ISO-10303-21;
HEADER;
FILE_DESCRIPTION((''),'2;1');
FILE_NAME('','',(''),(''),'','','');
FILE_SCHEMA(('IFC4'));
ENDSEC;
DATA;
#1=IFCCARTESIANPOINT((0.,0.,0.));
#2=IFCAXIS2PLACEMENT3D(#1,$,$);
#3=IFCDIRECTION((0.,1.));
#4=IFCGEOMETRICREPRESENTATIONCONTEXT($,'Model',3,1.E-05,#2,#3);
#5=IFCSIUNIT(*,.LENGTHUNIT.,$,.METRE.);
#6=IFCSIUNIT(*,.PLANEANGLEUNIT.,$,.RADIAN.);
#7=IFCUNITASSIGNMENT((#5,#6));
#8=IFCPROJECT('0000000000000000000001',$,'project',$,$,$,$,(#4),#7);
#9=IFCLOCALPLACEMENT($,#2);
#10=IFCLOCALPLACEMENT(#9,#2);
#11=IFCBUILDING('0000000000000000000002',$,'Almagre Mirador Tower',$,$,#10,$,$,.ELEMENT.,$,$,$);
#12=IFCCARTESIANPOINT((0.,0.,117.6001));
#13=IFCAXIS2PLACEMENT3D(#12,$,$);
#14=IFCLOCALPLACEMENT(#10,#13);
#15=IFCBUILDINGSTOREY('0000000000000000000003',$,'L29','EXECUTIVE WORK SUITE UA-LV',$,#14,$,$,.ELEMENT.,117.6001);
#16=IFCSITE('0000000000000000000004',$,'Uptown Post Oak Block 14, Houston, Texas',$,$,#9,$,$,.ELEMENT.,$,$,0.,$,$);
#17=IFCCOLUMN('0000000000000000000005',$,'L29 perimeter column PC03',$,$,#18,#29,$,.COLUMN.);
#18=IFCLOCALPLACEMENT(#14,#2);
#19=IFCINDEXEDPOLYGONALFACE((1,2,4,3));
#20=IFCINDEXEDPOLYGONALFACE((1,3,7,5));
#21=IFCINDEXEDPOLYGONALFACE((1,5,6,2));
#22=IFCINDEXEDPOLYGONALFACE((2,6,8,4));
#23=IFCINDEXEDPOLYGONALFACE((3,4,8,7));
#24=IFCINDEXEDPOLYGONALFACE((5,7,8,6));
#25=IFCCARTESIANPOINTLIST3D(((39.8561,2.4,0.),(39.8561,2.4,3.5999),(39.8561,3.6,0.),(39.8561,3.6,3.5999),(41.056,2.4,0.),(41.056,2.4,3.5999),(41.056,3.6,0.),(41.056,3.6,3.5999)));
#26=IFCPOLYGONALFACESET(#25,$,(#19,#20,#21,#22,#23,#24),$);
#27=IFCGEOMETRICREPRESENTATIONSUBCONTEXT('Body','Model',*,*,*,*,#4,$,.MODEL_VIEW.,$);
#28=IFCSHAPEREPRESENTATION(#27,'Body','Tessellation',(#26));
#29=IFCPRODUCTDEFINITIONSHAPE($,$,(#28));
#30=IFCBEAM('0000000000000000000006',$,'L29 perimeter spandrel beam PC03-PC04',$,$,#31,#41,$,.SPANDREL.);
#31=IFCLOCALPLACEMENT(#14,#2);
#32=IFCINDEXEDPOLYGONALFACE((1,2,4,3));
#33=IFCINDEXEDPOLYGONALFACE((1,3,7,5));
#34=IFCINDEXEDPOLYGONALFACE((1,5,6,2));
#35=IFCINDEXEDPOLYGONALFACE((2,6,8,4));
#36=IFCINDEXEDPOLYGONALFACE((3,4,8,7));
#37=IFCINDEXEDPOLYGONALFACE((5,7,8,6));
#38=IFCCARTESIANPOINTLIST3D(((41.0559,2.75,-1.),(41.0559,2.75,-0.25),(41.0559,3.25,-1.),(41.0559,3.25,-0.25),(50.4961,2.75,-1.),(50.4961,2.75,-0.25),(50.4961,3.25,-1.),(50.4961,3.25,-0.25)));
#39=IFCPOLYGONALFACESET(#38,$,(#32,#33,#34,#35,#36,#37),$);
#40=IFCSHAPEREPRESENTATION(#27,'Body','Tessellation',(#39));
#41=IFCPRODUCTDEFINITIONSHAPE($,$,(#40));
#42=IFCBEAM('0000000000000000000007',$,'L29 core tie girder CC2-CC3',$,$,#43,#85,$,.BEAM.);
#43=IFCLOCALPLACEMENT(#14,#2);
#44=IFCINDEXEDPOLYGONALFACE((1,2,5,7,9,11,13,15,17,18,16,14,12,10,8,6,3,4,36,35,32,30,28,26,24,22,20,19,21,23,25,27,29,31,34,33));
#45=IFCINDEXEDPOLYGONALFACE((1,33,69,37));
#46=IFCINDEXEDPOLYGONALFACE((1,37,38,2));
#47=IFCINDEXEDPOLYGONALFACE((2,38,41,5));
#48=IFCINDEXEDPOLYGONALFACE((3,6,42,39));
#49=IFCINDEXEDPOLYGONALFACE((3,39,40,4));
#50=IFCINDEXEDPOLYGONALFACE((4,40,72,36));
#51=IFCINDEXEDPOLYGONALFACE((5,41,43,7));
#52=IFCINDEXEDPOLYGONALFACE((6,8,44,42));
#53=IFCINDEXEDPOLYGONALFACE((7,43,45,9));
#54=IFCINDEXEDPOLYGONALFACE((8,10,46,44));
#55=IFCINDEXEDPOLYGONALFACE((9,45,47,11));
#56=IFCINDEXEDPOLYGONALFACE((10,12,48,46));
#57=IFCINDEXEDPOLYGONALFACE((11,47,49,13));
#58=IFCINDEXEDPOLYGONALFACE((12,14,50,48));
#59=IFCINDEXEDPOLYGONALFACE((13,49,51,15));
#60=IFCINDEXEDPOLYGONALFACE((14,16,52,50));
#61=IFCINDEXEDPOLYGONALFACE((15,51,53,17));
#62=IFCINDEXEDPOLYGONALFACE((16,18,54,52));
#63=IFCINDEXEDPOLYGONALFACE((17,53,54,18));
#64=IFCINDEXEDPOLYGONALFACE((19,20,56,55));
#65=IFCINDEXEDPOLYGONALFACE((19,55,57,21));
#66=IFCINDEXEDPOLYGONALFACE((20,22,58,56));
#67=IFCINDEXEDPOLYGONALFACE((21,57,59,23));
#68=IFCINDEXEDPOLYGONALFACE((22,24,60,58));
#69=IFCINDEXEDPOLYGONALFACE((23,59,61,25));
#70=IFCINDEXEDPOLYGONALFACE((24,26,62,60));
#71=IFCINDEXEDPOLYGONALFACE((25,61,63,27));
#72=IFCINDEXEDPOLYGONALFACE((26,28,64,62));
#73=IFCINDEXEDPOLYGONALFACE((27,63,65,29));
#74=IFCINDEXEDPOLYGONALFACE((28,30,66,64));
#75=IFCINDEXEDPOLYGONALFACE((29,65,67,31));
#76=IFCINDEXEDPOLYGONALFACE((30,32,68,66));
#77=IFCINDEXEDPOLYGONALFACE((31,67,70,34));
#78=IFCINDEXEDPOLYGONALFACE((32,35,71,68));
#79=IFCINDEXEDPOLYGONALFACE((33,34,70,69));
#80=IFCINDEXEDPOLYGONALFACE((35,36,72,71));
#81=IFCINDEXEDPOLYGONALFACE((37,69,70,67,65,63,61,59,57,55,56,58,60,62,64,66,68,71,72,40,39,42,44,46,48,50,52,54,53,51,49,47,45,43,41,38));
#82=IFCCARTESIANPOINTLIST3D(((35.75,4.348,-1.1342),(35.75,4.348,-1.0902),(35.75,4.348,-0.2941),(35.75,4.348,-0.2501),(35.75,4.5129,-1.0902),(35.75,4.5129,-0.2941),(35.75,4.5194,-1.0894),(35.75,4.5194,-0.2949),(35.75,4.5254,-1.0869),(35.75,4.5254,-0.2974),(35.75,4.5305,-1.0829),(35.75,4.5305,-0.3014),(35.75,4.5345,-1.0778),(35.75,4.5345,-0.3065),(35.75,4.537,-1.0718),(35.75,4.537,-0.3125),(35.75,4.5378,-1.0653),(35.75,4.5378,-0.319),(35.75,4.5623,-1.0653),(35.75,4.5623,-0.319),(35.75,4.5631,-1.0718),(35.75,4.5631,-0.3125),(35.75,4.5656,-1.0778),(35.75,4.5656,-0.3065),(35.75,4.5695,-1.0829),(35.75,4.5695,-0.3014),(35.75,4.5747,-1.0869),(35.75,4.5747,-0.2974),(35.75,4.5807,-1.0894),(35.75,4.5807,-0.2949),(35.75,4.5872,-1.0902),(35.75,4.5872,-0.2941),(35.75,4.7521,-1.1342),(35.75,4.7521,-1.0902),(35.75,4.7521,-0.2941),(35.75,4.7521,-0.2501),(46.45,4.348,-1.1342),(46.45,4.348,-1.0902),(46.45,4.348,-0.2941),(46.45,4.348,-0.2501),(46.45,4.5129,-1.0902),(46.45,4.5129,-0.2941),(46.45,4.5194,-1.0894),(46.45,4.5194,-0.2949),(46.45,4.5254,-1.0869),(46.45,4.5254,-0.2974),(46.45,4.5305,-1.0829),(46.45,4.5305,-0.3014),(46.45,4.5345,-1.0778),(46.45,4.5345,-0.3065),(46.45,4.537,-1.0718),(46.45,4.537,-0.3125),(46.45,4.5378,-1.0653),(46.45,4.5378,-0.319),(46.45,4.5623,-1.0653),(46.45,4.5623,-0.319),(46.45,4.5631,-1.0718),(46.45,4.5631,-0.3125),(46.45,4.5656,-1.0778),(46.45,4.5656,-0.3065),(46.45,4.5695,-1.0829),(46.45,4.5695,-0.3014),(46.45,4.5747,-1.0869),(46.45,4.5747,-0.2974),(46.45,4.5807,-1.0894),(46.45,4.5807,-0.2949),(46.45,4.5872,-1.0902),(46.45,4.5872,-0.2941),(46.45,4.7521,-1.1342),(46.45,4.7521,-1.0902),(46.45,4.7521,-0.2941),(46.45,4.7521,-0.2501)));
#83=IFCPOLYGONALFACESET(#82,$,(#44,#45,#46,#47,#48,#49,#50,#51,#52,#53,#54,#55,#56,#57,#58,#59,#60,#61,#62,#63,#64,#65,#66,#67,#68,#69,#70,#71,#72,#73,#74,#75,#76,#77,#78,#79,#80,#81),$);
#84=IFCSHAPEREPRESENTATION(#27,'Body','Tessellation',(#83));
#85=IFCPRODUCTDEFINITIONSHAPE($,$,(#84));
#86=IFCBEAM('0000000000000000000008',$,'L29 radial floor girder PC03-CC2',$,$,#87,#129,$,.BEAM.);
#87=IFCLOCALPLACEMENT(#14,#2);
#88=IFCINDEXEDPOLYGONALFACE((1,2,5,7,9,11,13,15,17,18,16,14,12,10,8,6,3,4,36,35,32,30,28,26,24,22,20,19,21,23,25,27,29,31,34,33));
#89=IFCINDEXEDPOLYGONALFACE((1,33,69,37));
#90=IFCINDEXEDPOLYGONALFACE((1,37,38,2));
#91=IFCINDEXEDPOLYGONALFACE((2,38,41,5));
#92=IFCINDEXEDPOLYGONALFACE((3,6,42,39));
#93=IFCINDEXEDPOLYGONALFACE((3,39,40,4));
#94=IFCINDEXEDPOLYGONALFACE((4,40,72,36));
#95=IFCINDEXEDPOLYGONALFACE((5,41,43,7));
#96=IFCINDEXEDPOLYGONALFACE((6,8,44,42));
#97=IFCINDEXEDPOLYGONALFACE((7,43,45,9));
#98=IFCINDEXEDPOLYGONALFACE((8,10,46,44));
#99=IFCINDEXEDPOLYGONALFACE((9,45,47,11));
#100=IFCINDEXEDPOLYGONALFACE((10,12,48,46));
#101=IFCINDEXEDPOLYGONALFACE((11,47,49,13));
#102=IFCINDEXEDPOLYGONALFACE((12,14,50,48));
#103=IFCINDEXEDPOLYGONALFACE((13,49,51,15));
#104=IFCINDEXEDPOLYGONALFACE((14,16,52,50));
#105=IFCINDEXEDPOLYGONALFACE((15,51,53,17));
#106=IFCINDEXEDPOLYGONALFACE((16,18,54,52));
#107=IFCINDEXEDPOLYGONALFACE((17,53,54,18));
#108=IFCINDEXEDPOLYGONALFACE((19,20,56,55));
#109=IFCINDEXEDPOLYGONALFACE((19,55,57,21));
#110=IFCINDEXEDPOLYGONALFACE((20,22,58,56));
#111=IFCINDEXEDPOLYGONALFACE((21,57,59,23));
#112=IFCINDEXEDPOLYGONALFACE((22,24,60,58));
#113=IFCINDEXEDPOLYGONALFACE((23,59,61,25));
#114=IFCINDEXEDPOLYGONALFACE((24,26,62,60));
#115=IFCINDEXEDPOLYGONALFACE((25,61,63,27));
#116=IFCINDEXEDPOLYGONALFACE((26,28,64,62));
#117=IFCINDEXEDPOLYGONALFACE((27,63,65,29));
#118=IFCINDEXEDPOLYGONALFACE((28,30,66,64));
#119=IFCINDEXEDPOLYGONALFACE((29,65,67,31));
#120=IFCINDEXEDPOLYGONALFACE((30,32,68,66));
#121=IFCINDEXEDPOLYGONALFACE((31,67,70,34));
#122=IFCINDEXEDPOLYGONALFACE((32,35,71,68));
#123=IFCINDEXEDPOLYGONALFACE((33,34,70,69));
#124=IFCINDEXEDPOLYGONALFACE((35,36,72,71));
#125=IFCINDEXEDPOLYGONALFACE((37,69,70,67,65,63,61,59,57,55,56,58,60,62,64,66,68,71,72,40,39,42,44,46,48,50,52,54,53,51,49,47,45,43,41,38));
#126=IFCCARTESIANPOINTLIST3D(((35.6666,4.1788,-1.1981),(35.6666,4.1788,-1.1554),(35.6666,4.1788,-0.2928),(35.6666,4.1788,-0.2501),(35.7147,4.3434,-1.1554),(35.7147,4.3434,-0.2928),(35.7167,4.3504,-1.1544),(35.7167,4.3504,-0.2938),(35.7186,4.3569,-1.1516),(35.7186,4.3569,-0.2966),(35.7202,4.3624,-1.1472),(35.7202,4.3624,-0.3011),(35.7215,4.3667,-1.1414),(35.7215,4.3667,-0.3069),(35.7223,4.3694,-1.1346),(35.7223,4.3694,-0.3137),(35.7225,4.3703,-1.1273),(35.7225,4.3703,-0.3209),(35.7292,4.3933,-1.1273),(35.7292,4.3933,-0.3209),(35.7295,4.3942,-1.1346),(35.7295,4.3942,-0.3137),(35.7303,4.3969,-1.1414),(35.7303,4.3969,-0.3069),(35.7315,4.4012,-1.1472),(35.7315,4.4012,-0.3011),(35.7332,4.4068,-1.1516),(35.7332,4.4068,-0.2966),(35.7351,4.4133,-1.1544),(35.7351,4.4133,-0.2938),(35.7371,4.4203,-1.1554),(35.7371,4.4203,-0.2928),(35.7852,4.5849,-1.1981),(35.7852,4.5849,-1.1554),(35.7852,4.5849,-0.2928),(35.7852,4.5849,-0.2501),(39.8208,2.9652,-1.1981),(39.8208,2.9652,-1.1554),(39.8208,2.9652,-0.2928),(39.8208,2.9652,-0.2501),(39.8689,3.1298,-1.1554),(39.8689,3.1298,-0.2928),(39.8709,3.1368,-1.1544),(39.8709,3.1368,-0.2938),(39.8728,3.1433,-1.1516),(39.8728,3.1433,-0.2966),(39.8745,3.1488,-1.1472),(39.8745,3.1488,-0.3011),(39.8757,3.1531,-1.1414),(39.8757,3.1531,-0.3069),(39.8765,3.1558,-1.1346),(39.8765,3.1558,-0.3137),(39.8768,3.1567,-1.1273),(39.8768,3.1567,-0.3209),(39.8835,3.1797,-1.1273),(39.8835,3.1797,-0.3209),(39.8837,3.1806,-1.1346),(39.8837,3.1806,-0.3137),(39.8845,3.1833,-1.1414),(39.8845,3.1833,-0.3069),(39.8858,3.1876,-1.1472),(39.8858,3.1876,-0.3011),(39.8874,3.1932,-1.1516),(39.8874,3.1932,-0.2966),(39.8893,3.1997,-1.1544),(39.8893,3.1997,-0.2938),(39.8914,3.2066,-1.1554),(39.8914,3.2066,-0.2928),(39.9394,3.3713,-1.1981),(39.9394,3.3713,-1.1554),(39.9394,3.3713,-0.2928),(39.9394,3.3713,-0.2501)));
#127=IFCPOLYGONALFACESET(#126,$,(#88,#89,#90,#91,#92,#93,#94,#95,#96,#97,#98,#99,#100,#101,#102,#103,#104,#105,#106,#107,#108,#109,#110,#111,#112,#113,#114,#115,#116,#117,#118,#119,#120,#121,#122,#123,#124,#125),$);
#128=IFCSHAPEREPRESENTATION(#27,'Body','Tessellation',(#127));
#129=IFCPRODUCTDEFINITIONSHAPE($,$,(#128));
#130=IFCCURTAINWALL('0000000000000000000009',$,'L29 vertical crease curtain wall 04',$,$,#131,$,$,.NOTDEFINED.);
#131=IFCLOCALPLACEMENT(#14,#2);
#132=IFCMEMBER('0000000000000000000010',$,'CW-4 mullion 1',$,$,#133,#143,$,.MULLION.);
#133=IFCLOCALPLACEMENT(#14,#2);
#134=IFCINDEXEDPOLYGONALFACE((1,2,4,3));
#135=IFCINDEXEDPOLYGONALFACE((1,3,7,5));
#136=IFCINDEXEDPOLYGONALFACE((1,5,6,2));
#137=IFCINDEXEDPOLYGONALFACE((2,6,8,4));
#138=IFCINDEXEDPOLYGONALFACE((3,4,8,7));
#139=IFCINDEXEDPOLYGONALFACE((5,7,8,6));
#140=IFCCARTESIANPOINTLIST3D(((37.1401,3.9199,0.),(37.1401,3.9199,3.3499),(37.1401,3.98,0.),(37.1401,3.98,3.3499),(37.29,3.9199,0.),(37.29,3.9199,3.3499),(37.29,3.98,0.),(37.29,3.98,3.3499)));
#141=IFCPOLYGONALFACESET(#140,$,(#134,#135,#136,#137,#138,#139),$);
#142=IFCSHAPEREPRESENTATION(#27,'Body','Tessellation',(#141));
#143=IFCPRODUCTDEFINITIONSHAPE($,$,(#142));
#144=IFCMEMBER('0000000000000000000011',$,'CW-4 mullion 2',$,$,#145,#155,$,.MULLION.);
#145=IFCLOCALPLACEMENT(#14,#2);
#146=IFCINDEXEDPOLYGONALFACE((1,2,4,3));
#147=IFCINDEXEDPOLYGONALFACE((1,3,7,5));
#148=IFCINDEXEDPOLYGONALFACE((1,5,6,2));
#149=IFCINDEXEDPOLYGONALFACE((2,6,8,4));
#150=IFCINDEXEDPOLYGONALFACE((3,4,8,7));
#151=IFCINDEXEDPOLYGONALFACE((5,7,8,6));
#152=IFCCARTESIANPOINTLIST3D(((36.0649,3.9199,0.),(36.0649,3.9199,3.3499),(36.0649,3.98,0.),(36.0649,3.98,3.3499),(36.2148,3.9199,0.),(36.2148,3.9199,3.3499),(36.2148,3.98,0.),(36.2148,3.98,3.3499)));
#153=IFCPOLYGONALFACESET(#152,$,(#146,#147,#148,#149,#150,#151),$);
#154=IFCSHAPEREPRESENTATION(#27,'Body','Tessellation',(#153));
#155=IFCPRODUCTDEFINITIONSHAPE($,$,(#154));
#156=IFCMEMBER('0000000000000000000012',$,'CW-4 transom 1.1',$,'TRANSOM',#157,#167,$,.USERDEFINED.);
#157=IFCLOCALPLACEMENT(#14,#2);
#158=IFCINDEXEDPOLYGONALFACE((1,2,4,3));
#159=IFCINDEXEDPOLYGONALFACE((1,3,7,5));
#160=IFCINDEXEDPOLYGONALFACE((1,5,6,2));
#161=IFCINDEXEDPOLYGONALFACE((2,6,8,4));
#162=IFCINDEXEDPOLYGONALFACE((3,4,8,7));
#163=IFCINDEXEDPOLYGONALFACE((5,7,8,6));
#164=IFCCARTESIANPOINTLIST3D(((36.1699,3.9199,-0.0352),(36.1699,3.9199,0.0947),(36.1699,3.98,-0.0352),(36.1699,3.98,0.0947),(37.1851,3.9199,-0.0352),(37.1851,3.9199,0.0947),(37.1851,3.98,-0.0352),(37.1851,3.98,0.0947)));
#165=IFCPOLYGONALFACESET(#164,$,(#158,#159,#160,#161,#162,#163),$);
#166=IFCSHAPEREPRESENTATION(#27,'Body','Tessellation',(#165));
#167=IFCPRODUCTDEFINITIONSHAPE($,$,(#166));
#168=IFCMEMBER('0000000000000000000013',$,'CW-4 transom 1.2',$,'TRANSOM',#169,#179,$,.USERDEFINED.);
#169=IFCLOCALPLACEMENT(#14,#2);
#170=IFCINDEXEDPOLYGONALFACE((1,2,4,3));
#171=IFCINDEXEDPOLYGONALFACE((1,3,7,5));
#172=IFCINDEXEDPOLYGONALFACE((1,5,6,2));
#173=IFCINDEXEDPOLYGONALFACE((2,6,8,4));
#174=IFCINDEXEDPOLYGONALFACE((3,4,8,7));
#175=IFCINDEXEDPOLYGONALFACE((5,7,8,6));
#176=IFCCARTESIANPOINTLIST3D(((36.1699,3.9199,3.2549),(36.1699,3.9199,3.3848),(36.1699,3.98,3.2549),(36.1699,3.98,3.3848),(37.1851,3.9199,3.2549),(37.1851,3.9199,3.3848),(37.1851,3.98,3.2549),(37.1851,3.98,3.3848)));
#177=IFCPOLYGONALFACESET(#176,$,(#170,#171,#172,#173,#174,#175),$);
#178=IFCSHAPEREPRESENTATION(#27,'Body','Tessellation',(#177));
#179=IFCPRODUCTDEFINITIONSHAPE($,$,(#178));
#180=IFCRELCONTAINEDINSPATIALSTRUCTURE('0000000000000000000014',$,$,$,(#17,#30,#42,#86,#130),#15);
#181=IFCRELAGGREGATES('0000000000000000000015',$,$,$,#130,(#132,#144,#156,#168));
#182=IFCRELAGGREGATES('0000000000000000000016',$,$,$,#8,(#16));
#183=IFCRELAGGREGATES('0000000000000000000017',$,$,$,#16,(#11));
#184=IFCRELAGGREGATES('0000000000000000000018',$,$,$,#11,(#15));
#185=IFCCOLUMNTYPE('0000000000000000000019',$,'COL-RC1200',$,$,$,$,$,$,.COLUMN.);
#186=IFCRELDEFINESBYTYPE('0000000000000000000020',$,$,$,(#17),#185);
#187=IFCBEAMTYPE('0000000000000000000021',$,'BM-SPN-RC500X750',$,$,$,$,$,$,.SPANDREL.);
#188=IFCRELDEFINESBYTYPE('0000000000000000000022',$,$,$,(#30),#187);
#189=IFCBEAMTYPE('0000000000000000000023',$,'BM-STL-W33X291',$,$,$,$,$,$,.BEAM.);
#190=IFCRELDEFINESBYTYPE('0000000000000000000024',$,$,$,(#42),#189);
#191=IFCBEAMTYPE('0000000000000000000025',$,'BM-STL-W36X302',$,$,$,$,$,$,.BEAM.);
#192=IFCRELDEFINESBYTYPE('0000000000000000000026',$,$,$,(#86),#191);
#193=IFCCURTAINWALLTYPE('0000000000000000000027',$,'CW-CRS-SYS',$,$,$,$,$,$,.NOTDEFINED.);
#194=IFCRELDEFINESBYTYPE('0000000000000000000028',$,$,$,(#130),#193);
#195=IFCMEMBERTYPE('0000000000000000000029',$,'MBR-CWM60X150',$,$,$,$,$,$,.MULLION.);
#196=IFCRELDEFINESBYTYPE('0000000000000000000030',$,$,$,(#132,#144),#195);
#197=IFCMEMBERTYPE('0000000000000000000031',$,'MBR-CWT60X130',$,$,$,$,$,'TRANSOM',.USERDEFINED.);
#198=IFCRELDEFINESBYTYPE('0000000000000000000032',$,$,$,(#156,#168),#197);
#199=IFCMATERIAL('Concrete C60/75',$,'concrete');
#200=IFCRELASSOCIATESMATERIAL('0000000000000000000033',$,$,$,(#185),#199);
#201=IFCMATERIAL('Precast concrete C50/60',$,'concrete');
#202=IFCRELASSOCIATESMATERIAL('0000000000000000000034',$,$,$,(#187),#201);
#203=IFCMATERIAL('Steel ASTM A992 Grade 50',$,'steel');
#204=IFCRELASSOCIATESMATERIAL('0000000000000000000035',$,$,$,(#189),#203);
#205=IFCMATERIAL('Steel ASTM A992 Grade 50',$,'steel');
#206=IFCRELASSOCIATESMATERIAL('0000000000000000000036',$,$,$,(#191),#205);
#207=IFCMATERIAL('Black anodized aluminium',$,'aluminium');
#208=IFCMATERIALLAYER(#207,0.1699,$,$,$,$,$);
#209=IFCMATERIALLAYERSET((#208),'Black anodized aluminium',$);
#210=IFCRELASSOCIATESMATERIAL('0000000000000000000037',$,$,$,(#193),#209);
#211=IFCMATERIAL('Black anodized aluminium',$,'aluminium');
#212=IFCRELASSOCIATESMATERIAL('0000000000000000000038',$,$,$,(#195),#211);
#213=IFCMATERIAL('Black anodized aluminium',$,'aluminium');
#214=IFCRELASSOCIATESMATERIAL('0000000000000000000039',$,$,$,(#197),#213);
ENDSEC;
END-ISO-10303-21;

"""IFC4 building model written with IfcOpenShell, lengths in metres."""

from ifc_helpers import new_model, si_unit, direction, frame, origin, origin_2d, place, context, subcontext, project, spatial, rectangle, i_section, extrude, material, layer, layer_set, material_profile, profile_set, type_object, element, aggregate, save


model = new_model("IFC4")

# Units and contexts
model_context = context("Model", 3, precision=1e-05, world=origin(), true_north=direction((0.0, 1.0)))
body_context = subcontext(model_context, "Body", "Model", "MODEL_VIEW")
ifc_project = project(units=[si_unit("LENGTHUNIT", "METRE"), si_unit("PLANEANGLEUNIT", "RADIAN")], contexts=[model_context])

# Site, building, storey
site_placement = place(None, origin())
site = spatial("IfcSite", under=ifc_project, at=site_placement, Name="Uptown Post Oak Block 14, Houston, Texas", CompositionType="ELEMENT", RefElevation=0.0)
building_placement = place(site_placement, origin())
building = spatial("IfcBuilding", under=site, at=building_placement, Name="Almagre Mirador Tower", CompositionType="ELEMENT")
storey_placement = place(building_placement, frame((0.0, 0.0, 117.6001)))
storey = spatial("IfcBuildingStorey", under=building, at=storey_placement, Name="L29", Description="EXECUTIVE WORK SUITE UA-LV", CompositionType="ELEMENT", Elevation=117.6001)

# Column
ifc_material_1 = material(Name="Concrete C60/75", Category="concrete")
ifc_material_profile_1 = material_profile(ifc_material_1, rectangle(XDim=1.2, YDim=1.2, at=origin_2d()), Name="RC1200X1200")
ifc_profile_set_1 = profile_set([ifc_material_profile_1], Name="Concrete C60/75")
column_type = type_object("IfcColumnType", Name="COL-RC1200", PredefinedType="COLUMN", material=ifc_profile_set_1)
column_placement = place(storey_placement, frame((40.4561, 3.0, 0.0), z_axis=(0.0, 0.0, 1.0), x_axis=(1.0, 0.0, 0.0)))
element("IfcColumn", 1, at=column_placement, inside=storey, type_object=column_type, Name="L29 perimeter column PC03", PredefinedType="COLUMN", context=body_context, shape_type="SweptSolid", body=[
    extrude(rectangle(XDim=1.2, YDim=1.2, at=origin_2d()), origin(), (0.0, 0.0, 1.0), 3.5999),
])

# Beams
ifc_material_2 = material(Name="Precast concrete C50/60", Category="concrete")
ifc_material_profile_2 = material_profile(ifc_material_2, rectangle(XDim=0.5, YDim=0.75, at=origin_2d()), Name="RC500X750")
ifc_profile_set_2 = profile_set([ifc_material_profile_2], Name="Precast concrete C50/60")
beam_type_1 = type_object("IfcBeamType", Name="BM-SPN-RC500X750", PredefinedType="SPANDREL", material=ifc_profile_set_2)
beam_1_placement = place(storey_placement, frame((41.0559, 3.0, -0.625), z_axis=(1.0, 0.0, 0.0), x_axis=(0.0, 1.0, 0.0)))
element("IfcBeam", 2, at=beam_1_placement, inside=storey, type_object=beam_type_1, Name="L29 perimeter spandrel beam PC03-PC04", PredefinedType="SPANDREL", context=body_context, shape_type="SweptSolid", body=[
    extrude(rectangle(XDim=0.5, YDim=0.75, at=origin_2d()), origin(), (0.0, 0.0, 1.0), 9.4402),
])
ifc_material_3 = material(Name="Steel ASTM A992 Grade 50", Category="steel")
ifc_material_profile_3 = material_profile(ifc_material_3, i_section(OverallWidth=0.4041, OverallDepth=0.884, WebThickness=0.0244, FlangeThickness=0.0439, FilletRadius=0.0249, at=origin_2d()), Name="W33X291")
ifc_profile_set_3 = profile_set([ifc_material_profile_3], Name="Steel ASTM A992 Grade 50")
beam_type_2 = type_object("IfcBeamType", Name="BM-STL-W33X291", PredefinedType="BEAM", material=ifc_profile_set_3)
beam_2_placement = place(storey_placement, frame((35.75, 4.55, -0.6921), z_axis=(1.0, 0.0, 0.0), x_axis=(0.0, 1.0, 0.0)))
element("IfcBeam", 3, at=beam_2_placement, inside=storey, type_object=beam_type_2, Name="L29 core tie girder CC2-CC3", PredefinedType="BEAM", context=body_context, shape_type="SweptSolid", body=[
    extrude(i_section(OverallWidth=0.4041, OverallDepth=0.884, WebThickness=0.0244, FlangeThickness=0.0439, FilletRadius=0.0249, at=origin_2d()), origin(), (0.0, 0.0, 1.0), 10.7),
])
ifc_material_4 = material(Name="Steel ASTM A992 Grade 50", Category="steel")
ifc_material_profile_4 = material_profile(ifc_material_4, i_section(OverallWidth=0.4231, OverallDepth=0.948, WebThickness=0.0239, FlangeThickness=0.0427, FilletRadius=0.0281, at=origin_2d()), Name="W36X302")
ifc_profile_set_4 = profile_set([ifc_material_profile_4], Name="Steel ASTM A992 Grade 50")
beam_type_3 = type_object("IfcBeamType", Name="BM-STL-W36X302", PredefinedType="BEAM", material=ifc_profile_set_4)
beam_3_placement = place(storey_placement, frame((39.8801, 3.1682, -0.7241), z_axis=(-0.959879, 0.280416, 0.0), x_axis=(-0.280416, -0.959879, 0.0)))
element("IfcBeam", 4, at=beam_3_placement, inside=storey, type_object=beam_type_3, Name="L29 radial floor girder PC03-CC2", PredefinedType="BEAM", context=body_context, shape_type="SweptSolid", body=[
    extrude(i_section(OverallWidth=0.4231, OverallDepth=0.948, WebThickness=0.0239, FlangeThickness=0.0427, FilletRadius=0.0281, at=origin_2d()), origin(), (0.0, 0.0, 1.0), 4.3279),
])

# Curtain wall, members
ifc_material_5 = material(Name="Black anodized aluminium", Category="aluminium")
ifc_layer_1 = layer(ifc_material_5, 0.1699)
ifc_layer_set_1 = layer_set([ifc_layer_1], Name="Black anodized aluminium")
curtain_wall_type = type_object("IfcCurtainWallType", Name="CW-CRS-SYS", PredefinedType="NOTDEFINED", material=ifc_layer_set_1)
curtain_wall_placement = place(storey_placement, origin())
curtain_wall = element("IfcCurtainWall", 5, at=curtain_wall_placement, inside=storey, type_object=curtain_wall_type, Name="L29 vertical crease curtain wall 04", PredefinedType="NOTDEFINED")
ifc_material_6 = material(Name="Black anodized aluminium", Category="aluminium")
ifc_material_profile_5 = material_profile(ifc_material_6, rectangle(XDim=0.0601, YDim=0.1499, at=origin_2d()), Name="CWM60X150")
ifc_profile_set_5 = profile_set([ifc_material_profile_5], Name="Black anodized aluminium")
member_type_1 = type_object("IfcMemberType", Name="MBR-CWM60X150", PredefinedType="MULLION", material=ifc_profile_set_5)
member_1_placement = place(storey_placement, frame((37.2151, 3.95, 0.0), z_axis=(0.0, 0.0, 1.0), x_axis=(0.0, -1.0, 0.0)))
member_1 = element("IfcMember", 6, at=member_1_placement, type_object=member_type_1, Name="CW-4 mullion 1", PredefinedType="MULLION", context=body_context, shape_type="SweptSolid", body=[
    extrude(rectangle(XDim=0.0601, YDim=0.1499, at=origin_2d()), origin(), (0.0, 0.0, 1.0), 3.3499),
])
member_2_placement = place(storey_placement, frame((36.1399, 3.95, 0.0), z_axis=(0.0, 0.0, 1.0), x_axis=(0.0, -1.0, 0.0)))
member_2 = element("IfcMember", 7, at=member_2_placement, type_object=member_type_1, Name="CW-4 mullion 2", PredefinedType="MULLION", context=body_context, shape_type="SweptSolid", body=[
    extrude(rectangle(XDim=0.0601, YDim=0.1499, at=origin_2d()), origin(), (0.0, 0.0, 1.0), 3.3499),
])
ifc_material_7 = material(Name="Black anodized aluminium", Category="aluminium")
ifc_material_profile_6 = material_profile(ifc_material_7, rectangle(XDim=0.0601, YDim=0.1299, at=origin_2d()), Name="CWT60X130")
ifc_profile_set_6 = profile_set([ifc_material_profile_6], Name="Black anodized aluminium")
member_type_2 = type_object("IfcMemberType", Name="MBR-CWT60X130", ElementType="TRANSOM", PredefinedType="USERDEFINED", material=ifc_profile_set_6)
member_3_placement = place(storey_placement, frame((37.1851, 3.95, 0.0298), z_axis=(-1.0, 0.0, 0.0), x_axis=(0.0, -1.0, 0.0)))
member_3 = element("IfcMember", 8, at=member_3_placement, type_object=member_type_2, Name="CW-4 transom 1.1", ObjectType="TRANSOM", PredefinedType="USERDEFINED", context=body_context, shape_type="SweptSolid", body=[
    extrude(rectangle(XDim=0.0601, YDim=0.1299, at=origin_2d()), origin(), (0.0, 0.0, 1.0), 1.0151),
])
member_4_placement = place(storey_placement, frame((37.1851, 3.95, 3.3198), z_axis=(-1.0, 0.0, 0.0), x_axis=(0.0, -1.0, 0.0)))
member_4 = element("IfcMember", 9, at=member_4_placement, type_object=member_type_2, Name="CW-4 transom 1.2", ObjectType="TRANSOM", PredefinedType="USERDEFINED", context=body_context, shape_type="SweptSolid", body=[
    extrude(rectangle(XDim=0.0601, YDim=0.1299, at=origin_2d()), origin(), (0.0, 0.0, 1.0), 1.0151),
])
aggregate(curtain_wall, [member_1, member_2, member_3, member_4])

save(model, "model.ifc")
